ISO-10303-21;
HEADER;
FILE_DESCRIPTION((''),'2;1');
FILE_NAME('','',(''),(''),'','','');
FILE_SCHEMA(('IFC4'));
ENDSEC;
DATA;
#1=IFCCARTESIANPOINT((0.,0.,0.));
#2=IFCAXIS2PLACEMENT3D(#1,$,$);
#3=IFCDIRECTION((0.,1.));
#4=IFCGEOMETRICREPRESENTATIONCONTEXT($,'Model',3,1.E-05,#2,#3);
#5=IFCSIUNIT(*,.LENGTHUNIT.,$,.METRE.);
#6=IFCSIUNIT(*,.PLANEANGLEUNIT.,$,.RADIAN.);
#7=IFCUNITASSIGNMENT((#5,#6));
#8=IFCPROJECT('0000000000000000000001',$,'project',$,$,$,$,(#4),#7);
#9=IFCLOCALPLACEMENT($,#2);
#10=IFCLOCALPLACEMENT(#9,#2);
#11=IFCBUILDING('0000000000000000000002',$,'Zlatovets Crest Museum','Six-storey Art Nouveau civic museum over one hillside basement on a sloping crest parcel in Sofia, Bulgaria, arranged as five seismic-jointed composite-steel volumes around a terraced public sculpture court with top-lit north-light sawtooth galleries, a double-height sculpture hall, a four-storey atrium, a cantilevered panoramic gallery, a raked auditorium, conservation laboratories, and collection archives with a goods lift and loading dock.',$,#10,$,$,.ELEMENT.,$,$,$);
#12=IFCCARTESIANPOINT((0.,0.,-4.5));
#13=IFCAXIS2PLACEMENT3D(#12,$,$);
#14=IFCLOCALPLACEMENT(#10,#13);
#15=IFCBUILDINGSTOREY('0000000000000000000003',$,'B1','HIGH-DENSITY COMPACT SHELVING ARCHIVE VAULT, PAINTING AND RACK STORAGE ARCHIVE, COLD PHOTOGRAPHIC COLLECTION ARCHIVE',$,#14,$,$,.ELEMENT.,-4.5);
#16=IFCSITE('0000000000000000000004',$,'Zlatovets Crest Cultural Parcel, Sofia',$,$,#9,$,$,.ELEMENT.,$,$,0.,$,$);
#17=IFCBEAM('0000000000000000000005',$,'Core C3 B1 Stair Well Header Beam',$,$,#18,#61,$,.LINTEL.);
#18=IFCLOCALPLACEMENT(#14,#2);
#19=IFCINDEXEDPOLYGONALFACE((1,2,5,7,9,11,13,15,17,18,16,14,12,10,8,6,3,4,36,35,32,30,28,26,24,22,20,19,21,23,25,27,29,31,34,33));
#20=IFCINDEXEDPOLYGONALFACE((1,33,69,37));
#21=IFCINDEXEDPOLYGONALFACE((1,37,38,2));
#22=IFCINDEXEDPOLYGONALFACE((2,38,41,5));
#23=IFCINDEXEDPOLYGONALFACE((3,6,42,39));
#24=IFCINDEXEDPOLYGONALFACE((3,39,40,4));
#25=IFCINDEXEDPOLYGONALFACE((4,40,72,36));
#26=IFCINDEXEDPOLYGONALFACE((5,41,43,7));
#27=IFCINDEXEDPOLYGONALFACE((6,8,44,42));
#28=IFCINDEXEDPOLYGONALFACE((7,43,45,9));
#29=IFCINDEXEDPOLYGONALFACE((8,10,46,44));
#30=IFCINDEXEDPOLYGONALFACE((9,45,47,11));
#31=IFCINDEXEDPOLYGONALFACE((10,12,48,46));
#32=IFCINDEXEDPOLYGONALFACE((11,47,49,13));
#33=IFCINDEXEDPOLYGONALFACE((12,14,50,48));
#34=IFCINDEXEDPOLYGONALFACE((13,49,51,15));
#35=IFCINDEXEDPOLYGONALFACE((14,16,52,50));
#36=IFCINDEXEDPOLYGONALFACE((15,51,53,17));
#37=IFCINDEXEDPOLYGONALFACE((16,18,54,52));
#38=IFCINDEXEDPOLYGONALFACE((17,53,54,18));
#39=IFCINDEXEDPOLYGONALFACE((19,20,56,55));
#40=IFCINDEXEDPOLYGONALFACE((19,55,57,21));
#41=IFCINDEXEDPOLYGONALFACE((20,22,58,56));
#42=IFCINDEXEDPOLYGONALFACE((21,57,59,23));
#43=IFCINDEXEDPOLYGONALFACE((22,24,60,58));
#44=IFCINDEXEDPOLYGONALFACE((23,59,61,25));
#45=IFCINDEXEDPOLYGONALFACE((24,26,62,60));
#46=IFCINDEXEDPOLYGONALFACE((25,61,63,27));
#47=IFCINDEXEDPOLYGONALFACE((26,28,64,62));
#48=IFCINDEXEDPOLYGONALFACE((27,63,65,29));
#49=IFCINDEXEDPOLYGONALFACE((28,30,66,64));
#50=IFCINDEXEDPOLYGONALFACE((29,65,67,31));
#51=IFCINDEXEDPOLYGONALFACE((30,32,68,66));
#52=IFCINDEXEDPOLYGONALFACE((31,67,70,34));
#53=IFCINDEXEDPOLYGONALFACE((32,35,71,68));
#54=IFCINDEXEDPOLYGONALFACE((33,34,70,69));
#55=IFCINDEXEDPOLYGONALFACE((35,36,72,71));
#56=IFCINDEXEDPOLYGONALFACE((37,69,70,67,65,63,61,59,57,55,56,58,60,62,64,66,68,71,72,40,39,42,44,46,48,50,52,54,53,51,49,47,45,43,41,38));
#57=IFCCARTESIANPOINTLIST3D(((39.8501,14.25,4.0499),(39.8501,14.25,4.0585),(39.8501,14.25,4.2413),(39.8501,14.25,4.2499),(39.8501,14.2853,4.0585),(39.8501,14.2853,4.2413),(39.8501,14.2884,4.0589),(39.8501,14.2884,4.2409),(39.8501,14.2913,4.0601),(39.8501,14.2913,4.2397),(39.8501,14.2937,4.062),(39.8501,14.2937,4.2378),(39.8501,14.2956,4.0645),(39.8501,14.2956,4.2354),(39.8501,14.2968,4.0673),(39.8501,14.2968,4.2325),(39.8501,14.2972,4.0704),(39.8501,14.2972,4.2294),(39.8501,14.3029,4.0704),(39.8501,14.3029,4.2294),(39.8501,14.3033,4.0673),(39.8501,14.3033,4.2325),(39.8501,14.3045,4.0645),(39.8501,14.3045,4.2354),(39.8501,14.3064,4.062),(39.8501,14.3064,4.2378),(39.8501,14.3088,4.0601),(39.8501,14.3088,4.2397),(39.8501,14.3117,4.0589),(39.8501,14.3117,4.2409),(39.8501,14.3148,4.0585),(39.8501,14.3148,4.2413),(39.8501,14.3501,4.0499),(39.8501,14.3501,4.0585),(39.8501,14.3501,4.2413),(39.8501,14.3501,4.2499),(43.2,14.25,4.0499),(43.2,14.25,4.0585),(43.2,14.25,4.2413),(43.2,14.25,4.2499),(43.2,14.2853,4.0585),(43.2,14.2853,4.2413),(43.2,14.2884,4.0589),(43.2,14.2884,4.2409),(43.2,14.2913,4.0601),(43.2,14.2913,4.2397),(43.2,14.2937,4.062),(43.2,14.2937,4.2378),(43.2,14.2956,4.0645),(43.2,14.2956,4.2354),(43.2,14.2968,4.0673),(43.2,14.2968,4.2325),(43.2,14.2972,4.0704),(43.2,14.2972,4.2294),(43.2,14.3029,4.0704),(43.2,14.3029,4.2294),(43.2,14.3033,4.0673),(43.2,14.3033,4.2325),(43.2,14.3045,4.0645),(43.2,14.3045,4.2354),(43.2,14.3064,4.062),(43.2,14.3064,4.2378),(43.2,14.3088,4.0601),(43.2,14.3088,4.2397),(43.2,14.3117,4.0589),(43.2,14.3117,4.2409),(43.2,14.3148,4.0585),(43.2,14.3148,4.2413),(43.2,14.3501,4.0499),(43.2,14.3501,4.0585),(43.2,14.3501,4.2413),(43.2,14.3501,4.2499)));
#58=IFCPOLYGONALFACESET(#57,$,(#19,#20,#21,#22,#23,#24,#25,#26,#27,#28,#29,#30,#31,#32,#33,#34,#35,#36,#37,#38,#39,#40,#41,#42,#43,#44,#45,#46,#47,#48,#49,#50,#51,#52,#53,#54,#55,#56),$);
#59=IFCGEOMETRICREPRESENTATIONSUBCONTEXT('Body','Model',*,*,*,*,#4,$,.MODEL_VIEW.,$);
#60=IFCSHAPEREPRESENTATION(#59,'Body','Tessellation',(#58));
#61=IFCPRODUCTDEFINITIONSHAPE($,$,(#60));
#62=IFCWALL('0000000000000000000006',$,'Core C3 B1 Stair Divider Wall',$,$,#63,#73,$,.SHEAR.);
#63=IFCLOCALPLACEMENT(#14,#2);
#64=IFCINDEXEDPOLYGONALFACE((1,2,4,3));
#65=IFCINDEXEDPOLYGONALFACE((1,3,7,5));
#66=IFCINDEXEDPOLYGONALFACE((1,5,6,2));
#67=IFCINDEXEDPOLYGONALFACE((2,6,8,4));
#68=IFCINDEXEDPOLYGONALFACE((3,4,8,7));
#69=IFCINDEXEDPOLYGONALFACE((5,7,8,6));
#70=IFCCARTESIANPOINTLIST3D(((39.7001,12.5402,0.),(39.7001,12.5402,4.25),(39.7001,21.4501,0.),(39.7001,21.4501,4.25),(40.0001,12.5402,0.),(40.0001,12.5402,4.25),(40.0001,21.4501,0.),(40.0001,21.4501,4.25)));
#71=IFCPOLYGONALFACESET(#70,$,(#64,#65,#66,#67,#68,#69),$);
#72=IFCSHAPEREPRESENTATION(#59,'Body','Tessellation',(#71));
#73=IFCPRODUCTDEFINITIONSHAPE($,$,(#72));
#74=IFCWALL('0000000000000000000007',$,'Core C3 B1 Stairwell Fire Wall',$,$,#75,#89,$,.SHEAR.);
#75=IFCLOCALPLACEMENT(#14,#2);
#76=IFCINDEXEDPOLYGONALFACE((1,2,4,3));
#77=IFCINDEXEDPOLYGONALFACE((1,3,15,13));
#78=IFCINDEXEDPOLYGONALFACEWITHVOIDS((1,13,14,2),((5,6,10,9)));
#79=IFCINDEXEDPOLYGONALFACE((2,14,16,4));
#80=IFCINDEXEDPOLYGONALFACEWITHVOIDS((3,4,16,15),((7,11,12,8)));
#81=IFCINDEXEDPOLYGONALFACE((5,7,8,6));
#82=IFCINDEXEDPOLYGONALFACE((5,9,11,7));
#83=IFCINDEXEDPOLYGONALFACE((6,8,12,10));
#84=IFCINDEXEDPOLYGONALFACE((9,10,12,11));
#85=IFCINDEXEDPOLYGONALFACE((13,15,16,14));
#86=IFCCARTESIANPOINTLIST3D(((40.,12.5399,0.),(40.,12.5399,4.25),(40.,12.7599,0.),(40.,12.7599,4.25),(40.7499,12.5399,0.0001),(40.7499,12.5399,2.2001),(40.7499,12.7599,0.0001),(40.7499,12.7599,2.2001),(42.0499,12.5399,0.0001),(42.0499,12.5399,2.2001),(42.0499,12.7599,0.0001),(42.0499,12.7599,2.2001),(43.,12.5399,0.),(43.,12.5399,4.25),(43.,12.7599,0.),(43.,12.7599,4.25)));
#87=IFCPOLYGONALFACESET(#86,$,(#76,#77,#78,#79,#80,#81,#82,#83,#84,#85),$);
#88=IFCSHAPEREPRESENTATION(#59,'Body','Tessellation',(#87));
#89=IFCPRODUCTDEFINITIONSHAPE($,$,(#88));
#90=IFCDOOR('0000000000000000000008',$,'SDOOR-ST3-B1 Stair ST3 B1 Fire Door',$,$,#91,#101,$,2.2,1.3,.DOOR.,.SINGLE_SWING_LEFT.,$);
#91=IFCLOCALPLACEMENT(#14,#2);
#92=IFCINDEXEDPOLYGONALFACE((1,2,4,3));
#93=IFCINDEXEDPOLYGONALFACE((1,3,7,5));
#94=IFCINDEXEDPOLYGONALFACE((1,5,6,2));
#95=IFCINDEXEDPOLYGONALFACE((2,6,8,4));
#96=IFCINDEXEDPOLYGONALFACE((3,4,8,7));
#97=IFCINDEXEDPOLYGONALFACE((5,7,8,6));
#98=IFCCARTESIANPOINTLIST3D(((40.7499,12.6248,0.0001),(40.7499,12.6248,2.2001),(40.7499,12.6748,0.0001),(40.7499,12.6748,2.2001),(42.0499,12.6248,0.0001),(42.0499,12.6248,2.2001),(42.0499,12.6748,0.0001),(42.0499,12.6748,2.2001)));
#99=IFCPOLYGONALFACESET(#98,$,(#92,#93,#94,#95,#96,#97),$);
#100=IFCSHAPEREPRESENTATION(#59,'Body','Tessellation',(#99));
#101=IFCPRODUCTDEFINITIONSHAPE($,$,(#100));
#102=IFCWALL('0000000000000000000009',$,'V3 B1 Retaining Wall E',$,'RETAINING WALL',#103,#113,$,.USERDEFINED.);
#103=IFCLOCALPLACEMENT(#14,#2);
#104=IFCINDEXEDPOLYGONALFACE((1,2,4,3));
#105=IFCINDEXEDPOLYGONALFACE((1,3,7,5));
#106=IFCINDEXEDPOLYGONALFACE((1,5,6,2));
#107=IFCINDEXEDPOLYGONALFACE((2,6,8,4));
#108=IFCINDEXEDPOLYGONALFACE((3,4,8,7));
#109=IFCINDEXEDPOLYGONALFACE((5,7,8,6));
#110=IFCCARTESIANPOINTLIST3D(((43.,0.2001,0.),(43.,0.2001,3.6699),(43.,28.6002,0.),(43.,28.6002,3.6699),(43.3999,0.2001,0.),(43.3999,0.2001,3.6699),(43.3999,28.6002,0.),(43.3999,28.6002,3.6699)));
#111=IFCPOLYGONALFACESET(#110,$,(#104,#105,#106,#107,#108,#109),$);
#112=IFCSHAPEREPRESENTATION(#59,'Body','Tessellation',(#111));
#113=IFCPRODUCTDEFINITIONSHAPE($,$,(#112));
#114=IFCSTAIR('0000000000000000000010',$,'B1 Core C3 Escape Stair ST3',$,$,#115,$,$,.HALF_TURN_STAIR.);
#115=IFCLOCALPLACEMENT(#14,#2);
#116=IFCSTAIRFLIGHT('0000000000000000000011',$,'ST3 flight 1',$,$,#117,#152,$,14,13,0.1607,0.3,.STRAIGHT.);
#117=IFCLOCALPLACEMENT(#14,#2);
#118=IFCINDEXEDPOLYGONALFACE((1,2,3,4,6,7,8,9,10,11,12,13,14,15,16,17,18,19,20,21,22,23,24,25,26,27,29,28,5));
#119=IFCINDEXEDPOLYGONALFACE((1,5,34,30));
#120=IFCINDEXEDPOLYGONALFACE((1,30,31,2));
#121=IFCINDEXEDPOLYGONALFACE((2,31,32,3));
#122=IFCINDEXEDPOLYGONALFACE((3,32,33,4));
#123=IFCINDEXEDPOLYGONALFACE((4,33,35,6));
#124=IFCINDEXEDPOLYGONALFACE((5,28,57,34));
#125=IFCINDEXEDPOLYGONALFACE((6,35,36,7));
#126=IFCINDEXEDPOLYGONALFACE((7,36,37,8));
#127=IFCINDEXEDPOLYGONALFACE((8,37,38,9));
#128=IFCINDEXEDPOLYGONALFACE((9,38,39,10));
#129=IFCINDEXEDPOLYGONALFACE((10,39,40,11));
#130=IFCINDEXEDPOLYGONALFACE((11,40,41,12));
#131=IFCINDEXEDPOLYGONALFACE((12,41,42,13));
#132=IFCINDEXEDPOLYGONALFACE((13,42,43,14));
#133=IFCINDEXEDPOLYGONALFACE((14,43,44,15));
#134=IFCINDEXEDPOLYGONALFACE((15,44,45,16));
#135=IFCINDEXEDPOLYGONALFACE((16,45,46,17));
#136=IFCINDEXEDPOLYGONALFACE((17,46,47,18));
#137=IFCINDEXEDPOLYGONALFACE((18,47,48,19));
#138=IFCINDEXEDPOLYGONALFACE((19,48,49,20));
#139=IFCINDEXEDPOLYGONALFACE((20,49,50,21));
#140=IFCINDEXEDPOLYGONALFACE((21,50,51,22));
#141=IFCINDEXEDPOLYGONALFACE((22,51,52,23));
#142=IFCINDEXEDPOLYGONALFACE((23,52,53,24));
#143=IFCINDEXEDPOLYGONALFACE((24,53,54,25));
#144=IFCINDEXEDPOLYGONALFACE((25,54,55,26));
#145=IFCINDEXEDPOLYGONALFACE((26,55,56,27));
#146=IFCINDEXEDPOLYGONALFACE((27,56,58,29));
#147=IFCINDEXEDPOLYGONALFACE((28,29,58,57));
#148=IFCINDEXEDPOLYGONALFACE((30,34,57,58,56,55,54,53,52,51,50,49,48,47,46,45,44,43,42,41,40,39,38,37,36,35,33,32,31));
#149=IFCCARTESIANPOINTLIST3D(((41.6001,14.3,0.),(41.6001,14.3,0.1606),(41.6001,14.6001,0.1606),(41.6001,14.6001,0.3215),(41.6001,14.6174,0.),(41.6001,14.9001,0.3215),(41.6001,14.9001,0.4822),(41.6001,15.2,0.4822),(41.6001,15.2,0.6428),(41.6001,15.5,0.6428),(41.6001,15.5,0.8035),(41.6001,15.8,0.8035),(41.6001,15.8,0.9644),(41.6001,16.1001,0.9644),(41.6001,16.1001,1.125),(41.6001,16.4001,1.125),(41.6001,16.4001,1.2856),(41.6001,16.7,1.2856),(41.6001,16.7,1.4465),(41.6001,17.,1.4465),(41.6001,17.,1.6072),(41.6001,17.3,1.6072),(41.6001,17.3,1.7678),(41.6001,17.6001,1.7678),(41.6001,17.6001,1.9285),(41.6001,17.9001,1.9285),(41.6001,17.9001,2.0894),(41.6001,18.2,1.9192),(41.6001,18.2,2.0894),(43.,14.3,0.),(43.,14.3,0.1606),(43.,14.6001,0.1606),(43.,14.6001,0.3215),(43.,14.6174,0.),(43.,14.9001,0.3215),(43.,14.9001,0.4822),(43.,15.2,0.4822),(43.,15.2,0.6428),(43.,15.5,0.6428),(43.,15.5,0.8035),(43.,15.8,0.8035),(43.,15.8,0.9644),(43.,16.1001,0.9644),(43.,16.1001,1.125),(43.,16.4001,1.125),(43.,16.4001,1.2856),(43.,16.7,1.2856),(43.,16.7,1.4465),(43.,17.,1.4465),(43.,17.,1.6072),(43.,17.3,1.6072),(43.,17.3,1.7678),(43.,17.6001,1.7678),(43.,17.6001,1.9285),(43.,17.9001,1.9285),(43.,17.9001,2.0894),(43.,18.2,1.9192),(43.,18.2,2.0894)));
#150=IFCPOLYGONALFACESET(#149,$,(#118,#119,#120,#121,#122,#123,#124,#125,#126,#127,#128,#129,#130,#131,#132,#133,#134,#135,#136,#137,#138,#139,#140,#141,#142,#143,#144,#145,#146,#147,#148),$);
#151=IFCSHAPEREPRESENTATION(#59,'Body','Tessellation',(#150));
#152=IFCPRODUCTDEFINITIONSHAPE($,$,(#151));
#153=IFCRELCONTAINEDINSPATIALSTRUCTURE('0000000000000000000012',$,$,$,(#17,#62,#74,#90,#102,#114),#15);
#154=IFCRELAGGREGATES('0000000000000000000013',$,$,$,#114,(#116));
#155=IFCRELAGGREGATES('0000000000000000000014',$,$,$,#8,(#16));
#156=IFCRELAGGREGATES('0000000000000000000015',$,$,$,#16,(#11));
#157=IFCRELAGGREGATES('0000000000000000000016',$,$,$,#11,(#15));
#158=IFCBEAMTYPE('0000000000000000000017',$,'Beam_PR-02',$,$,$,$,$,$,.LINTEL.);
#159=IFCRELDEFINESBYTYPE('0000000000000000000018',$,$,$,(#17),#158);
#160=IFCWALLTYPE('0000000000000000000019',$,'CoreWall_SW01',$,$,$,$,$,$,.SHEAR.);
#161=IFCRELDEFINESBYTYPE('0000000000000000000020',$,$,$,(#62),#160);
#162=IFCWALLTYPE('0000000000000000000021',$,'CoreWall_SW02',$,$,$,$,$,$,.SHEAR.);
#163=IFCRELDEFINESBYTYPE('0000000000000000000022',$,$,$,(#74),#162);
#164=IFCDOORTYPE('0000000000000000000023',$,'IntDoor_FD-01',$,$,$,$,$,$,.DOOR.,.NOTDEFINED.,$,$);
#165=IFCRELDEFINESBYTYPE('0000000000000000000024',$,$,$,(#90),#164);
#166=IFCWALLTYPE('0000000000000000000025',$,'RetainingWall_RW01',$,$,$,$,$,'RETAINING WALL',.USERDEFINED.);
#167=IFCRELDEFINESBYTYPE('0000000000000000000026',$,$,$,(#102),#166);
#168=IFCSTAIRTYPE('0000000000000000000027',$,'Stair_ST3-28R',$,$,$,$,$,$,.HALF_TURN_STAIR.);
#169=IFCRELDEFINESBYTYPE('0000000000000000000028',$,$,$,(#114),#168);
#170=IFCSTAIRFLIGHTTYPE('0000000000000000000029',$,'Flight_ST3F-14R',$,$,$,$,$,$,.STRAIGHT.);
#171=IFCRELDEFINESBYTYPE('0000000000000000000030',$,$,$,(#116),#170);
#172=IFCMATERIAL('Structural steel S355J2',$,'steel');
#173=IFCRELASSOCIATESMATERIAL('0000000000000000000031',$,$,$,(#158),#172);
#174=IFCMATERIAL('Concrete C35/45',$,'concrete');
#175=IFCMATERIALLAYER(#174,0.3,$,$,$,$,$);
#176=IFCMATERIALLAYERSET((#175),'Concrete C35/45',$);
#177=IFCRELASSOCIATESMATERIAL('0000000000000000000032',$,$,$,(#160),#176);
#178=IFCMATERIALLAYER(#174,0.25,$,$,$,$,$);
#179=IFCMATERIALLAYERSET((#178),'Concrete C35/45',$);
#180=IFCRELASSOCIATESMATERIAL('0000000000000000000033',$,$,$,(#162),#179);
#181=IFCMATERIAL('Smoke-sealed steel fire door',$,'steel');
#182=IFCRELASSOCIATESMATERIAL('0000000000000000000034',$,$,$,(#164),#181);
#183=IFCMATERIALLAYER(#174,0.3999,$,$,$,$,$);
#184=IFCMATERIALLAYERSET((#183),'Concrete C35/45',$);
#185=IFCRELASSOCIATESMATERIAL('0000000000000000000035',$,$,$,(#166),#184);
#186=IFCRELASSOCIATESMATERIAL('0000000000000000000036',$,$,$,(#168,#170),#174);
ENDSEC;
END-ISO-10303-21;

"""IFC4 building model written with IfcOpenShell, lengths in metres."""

from ifc_helpers import new_model, si_unit, direction, frame, frame_2d, origin, origin_2d, place, context, subcontext, project, spatial, polyline, rectangle, i_section, outline, extrude, material, layer, layer_set, material_profile, profile_set, type_object, element, fill, aggregate, save


model = new_model("IFC4")

# Units and contexts
model_context = context("Model", 3, precision=1e-05, world=origin(), true_north=direction((0.0, 1.0)))
body_context = subcontext(model_context, "Body", "Model", "MODEL_VIEW")
ifc_project = project(units=[si_unit("LENGTHUNIT", "METRE"), si_unit("PLANEANGLEUNIT", "RADIAN")], contexts=[model_context])

# Site, building, storey
site_placement = place(None, origin())
site = spatial("IfcSite", under=ifc_project, at=site_placement, Name="Zlatovets Crest Cultural Parcel, Sofia", CompositionType="ELEMENT", RefElevation=0.0)
building_placement = place(site_placement, origin())
building = spatial("IfcBuilding", under=site, at=building_placement, Name="Zlatovets Crest Museum", Description="Six-storey Art Nouveau civic museum over one hillside basement on a sloping crest parcel in Sofia, Bulgaria, arranged as five seismic-jointed composite-steel volumes around a terraced public sculpture court with top-lit north-light sawtooth galleries, a double-height sculpture hall, a four-storey atrium, a cantilevered panoramic gallery, a raked auditorium, conservation laboratories, and collection archives with a goods lift and loading dock.", CompositionType="ELEMENT")
storey_placement = place(building_placement, frame((0.0, 0.0, -4.5)))
storey = spatial("IfcBuildingStorey", under=building, at=storey_placement, Name="B1", Description="HIGH-DENSITY COMPACT SHELVING ARCHIVE VAULT, PAINTING AND RACK STORAGE ARCHIVE, COLD PHOTOGRAPHIC COLLECTION ARCHIVE", CompositionType="ELEMENT", Elevation=-4.5)

# Shared definitions
ifc_material_1 = material(Name="Concrete C35/45", Category="concrete")

# Beam
ifc_material_2 = material(Name="Structural steel S355J2", Category="steel")
ifc_material_profile_1 = material_profile(ifc_material_2, i_section(OverallWidth=0.1001, OverallDepth=0.2, WebThickness=0.0056, FlangeThickness=0.0085, FilletRadius=0.012, at=origin_2d()), Name="IPE 200")
ifc_profile_set_1 = profile_set([ifc_material_profile_1], Name="Structural steel S355J2")
beam_type = type_object("IfcBeamType", Name="Beam_PR-02", PredefinedType="LINTEL", material=ifc_profile_set_1)
beam_placement = place(storey_placement, frame((39.8501, 14.3, 4.1499), z_axis=(1.0, 0.0, 0.0), x_axis=(0.0, 1.0, 0.0)))
element("IfcBeam", 1, at=beam_placement, inside=storey, type_object=beam_type, Name="Core C3 B1 Stair Well Header Beam", PredefinedType="LINTEL", context=body_context, shape_type="SweptSolid", body=[
    extrude(i_section(OverallWidth=0.1001, OverallDepth=0.2, WebThickness=0.0056, FlangeThickness=0.0085, FilletRadius=0.012, at=origin_2d()), origin(), (0.0, 0.0, 1.0), 3.3499),
])

# Wall
ifc_layer_1 = layer(ifc_material_1, 0.3)
ifc_layer_set_1 = layer_set([ifc_layer_1], Name="Concrete C35/45")
wall_type_1 = type_object("IfcWallType", Name="CoreWall_SW01", PredefinedType="SHEAR", material=ifc_layer_set_1)
wall_1_placement = place(storey_placement, frame((39.8501, 12.54, 0.0), z_axis=(0.0, 0.0, 1.0), x_axis=(0.0, 1.0, 0.0)))
element("IfcWall", 2, at=wall_1_placement, inside=storey, type_object=wall_type_1, Name="Core C3 B1 Stair Divider Wall", PredefinedType="SHEAR", context=body_context, shape_type="SweptSolid", body=[
    extrude(rectangle(XDim=8.9099, YDim=0.3, at=frame_2d((4.4551, 0.0))), origin(), (0.0, 0.0, 1.0), 4.25),
])

# Wall, opening, door
ifc_layer_2 = layer(ifc_material_1, 0.25)
ifc_layer_set_2 = layer_set([ifc_layer_2], Name="Concrete C35/45")
wall_type_2 = type_object("IfcWallType", Name="CoreWall_SW02", PredefinedType="SHEAR", material=ifc_layer_set_2)
wall_2_placement = place(storey_placement, frame((40.0, 12.6499, 0.0), z_axis=(0.0, 0.0, 1.0), x_axis=(1.0, 0.0, 0.0)))
wall_2 = element("IfcWall", 3, at=wall_2_placement, inside=storey, type_object=wall_type_2, Name="Core C3 B1 Stairwell Fire Wall", PredefinedType="SHEAR", context=body_context, shape_type="SweptSolid", body=[
    extrude(rectangle(XDim=3.0, YDim=0.22, at=frame_2d((1.5, 0.0))), origin(), (0.0, 0.0, 1.0), 4.25),
])
opening_1_placement = place(wall_2_placement, frame((0.75, 0.0, 0.0)))
opening_1 = element("IfcOpeningElement", 4, at=opening_1_placement, cuts=wall_2, PredefinedType="OPENING", context=body_context, shape_type="SweptSolid", body=[
    extrude(rectangle(XDim=1.3, YDim=2.2, at=frame_2d((0.6499, 1.1001))), frame((0.0, 0.1201, 0.0), z_axis=(0.0, -1.0, 0.0), x_axis=(1.0, 0.0, 0.0)), (0.0, 0.0, 1.0), 0.24),
])
ifc_material_3 = material(Name="Smoke-sealed steel fire door", Category="steel")
door_type_1 = type_object("IfcDoorType", Name="IntDoor_FD-01", OperationType="NOTDEFINED", PredefinedType="DOOR", material=ifc_material_3)
door_1_placement = place(opening_1_placement, origin())
door_1 = element("IfcDoor", 5, at=door_1_placement, inside=storey, type_object=door_type_1, Name="SDOOR-ST3-B1 Stair ST3 B1 Fire Door", OperationType="SINGLE_SWING_LEFT", OverallHeight=2.2, OverallWidth=1.3, PredefinedType="DOOR", context=body_context, shape_type="SweptSolid", body=[
    extrude(rectangle(XDim=1.3, YDim=2.2, at=frame_2d((0.6499, 1.1001))), frame((0.0, 0.0249, 0.0), z_axis=(0.0, -1.0, 0.0), x_axis=(1.0, 0.0, 0.0)), (0.0, 0.0, 1.0), 0.05),
])
fill(opening_1, door_1)

# Wall
ifc_layer_3 = layer(ifc_material_1, 0.3999)
ifc_layer_set_3 = layer_set([ifc_layer_3], Name="Concrete C35/45")
wall_type_3 = type_object("IfcWallType", Name="RetainingWall_RW01", ElementType="RETAINING WALL", PredefinedType="USERDEFINED", material=ifc_layer_set_3)
wall_3_placement = place(storey_placement, frame((43.2, 0.2, 0.0), z_axis=(0.0, 0.0, 1.0), x_axis=(0.0, 1.0, 0.0)))
element("IfcWall", 6, at=wall_3_placement, inside=storey, type_object=wall_type_3, Name="V3 B1 Retaining Wall E", ObjectType="RETAINING WALL", PredefinedType="USERDEFINED", context=body_context, shape_type="SweptSolid", body=[
    extrude(rectangle(XDim=28.4001, YDim=0.3999, at=frame_2d((14.2002, 0.0))), origin(), (0.0, 0.0, 1.0), 3.6699),
])

# Stair, stair flight
stair_type = type_object("IfcStairType", Name="Stair_ST3-28R", PredefinedType="HALF_TURN_STAIR", material=ifc_material_1)
stair_placement = place(storey_placement, origin())
stair = element("IfcStair", 7, at=stair_placement, inside=storey, type_object=stair_type, Name="B1 Core C3 Escape Stair ST3", PredefinedType="HALF_TURN_STAIR")
stair_flight_type = type_object("IfcStairFlightType", Name="Flight_ST3F-14R", PredefinedType="STRAIGHT", material=ifc_material_1)
stair_flight_placement = place(storey_placement, frame((42.3, 14.3, 0.0), z_axis=(0.0, 0.0, 1.0), x_axis=(0.0, 1.0, 0.0)))
stair_flight = element("IfcStairFlight", 8, at=stair_flight_placement, type_object=stair_flight_type, Name="ST3 flight 1", NumberOfRisers=14, NumberOfTreads=13, PredefinedType="STRAIGHT", RiserHeight=0.1607, TreadLength=0.3, context=body_context, shape_type="SweptSolid", body=[
    extrude(outline(polyline([(0.0, 0.0), (0.0, 0.1606), (0.3, 0.1606), (0.3, 0.3215), (0.6001, 0.3215), (0.6001, 0.4822), (0.8999, 0.4822), (0.8999, 0.6428), (1.2, 0.6428), (1.2, 0.8035), (1.5, 0.8035), (1.5, 0.9644), (1.8, 0.9644), (1.8, 1.125), (2.1001, 1.125), (2.1001, 1.2856), (2.3999, 1.2856), (2.3999, 1.4465), (2.7, 1.4465), (2.7, 1.6072), (3.0, 1.6072), (3.0, 1.7678), (3.3, 1.7678), (3.3, 1.9285), (3.6001, 1.9285), (3.6001, 2.0894), (3.8999, 2.0894), (3.8999, 2.25), (3.8999, 1.9192), (0.3174, 0.0), (0.0, 0.0)])), frame((0.0, 0.7, 0.0), z_axis=(0.0, -1.0, 0.0), x_axis=(1.0, 0.0, 0.0)), (0.0, 0.0, 1.0), 1.3999),
])
aggregate(stair, [stair_flight])

save(model, "model.ifc")
